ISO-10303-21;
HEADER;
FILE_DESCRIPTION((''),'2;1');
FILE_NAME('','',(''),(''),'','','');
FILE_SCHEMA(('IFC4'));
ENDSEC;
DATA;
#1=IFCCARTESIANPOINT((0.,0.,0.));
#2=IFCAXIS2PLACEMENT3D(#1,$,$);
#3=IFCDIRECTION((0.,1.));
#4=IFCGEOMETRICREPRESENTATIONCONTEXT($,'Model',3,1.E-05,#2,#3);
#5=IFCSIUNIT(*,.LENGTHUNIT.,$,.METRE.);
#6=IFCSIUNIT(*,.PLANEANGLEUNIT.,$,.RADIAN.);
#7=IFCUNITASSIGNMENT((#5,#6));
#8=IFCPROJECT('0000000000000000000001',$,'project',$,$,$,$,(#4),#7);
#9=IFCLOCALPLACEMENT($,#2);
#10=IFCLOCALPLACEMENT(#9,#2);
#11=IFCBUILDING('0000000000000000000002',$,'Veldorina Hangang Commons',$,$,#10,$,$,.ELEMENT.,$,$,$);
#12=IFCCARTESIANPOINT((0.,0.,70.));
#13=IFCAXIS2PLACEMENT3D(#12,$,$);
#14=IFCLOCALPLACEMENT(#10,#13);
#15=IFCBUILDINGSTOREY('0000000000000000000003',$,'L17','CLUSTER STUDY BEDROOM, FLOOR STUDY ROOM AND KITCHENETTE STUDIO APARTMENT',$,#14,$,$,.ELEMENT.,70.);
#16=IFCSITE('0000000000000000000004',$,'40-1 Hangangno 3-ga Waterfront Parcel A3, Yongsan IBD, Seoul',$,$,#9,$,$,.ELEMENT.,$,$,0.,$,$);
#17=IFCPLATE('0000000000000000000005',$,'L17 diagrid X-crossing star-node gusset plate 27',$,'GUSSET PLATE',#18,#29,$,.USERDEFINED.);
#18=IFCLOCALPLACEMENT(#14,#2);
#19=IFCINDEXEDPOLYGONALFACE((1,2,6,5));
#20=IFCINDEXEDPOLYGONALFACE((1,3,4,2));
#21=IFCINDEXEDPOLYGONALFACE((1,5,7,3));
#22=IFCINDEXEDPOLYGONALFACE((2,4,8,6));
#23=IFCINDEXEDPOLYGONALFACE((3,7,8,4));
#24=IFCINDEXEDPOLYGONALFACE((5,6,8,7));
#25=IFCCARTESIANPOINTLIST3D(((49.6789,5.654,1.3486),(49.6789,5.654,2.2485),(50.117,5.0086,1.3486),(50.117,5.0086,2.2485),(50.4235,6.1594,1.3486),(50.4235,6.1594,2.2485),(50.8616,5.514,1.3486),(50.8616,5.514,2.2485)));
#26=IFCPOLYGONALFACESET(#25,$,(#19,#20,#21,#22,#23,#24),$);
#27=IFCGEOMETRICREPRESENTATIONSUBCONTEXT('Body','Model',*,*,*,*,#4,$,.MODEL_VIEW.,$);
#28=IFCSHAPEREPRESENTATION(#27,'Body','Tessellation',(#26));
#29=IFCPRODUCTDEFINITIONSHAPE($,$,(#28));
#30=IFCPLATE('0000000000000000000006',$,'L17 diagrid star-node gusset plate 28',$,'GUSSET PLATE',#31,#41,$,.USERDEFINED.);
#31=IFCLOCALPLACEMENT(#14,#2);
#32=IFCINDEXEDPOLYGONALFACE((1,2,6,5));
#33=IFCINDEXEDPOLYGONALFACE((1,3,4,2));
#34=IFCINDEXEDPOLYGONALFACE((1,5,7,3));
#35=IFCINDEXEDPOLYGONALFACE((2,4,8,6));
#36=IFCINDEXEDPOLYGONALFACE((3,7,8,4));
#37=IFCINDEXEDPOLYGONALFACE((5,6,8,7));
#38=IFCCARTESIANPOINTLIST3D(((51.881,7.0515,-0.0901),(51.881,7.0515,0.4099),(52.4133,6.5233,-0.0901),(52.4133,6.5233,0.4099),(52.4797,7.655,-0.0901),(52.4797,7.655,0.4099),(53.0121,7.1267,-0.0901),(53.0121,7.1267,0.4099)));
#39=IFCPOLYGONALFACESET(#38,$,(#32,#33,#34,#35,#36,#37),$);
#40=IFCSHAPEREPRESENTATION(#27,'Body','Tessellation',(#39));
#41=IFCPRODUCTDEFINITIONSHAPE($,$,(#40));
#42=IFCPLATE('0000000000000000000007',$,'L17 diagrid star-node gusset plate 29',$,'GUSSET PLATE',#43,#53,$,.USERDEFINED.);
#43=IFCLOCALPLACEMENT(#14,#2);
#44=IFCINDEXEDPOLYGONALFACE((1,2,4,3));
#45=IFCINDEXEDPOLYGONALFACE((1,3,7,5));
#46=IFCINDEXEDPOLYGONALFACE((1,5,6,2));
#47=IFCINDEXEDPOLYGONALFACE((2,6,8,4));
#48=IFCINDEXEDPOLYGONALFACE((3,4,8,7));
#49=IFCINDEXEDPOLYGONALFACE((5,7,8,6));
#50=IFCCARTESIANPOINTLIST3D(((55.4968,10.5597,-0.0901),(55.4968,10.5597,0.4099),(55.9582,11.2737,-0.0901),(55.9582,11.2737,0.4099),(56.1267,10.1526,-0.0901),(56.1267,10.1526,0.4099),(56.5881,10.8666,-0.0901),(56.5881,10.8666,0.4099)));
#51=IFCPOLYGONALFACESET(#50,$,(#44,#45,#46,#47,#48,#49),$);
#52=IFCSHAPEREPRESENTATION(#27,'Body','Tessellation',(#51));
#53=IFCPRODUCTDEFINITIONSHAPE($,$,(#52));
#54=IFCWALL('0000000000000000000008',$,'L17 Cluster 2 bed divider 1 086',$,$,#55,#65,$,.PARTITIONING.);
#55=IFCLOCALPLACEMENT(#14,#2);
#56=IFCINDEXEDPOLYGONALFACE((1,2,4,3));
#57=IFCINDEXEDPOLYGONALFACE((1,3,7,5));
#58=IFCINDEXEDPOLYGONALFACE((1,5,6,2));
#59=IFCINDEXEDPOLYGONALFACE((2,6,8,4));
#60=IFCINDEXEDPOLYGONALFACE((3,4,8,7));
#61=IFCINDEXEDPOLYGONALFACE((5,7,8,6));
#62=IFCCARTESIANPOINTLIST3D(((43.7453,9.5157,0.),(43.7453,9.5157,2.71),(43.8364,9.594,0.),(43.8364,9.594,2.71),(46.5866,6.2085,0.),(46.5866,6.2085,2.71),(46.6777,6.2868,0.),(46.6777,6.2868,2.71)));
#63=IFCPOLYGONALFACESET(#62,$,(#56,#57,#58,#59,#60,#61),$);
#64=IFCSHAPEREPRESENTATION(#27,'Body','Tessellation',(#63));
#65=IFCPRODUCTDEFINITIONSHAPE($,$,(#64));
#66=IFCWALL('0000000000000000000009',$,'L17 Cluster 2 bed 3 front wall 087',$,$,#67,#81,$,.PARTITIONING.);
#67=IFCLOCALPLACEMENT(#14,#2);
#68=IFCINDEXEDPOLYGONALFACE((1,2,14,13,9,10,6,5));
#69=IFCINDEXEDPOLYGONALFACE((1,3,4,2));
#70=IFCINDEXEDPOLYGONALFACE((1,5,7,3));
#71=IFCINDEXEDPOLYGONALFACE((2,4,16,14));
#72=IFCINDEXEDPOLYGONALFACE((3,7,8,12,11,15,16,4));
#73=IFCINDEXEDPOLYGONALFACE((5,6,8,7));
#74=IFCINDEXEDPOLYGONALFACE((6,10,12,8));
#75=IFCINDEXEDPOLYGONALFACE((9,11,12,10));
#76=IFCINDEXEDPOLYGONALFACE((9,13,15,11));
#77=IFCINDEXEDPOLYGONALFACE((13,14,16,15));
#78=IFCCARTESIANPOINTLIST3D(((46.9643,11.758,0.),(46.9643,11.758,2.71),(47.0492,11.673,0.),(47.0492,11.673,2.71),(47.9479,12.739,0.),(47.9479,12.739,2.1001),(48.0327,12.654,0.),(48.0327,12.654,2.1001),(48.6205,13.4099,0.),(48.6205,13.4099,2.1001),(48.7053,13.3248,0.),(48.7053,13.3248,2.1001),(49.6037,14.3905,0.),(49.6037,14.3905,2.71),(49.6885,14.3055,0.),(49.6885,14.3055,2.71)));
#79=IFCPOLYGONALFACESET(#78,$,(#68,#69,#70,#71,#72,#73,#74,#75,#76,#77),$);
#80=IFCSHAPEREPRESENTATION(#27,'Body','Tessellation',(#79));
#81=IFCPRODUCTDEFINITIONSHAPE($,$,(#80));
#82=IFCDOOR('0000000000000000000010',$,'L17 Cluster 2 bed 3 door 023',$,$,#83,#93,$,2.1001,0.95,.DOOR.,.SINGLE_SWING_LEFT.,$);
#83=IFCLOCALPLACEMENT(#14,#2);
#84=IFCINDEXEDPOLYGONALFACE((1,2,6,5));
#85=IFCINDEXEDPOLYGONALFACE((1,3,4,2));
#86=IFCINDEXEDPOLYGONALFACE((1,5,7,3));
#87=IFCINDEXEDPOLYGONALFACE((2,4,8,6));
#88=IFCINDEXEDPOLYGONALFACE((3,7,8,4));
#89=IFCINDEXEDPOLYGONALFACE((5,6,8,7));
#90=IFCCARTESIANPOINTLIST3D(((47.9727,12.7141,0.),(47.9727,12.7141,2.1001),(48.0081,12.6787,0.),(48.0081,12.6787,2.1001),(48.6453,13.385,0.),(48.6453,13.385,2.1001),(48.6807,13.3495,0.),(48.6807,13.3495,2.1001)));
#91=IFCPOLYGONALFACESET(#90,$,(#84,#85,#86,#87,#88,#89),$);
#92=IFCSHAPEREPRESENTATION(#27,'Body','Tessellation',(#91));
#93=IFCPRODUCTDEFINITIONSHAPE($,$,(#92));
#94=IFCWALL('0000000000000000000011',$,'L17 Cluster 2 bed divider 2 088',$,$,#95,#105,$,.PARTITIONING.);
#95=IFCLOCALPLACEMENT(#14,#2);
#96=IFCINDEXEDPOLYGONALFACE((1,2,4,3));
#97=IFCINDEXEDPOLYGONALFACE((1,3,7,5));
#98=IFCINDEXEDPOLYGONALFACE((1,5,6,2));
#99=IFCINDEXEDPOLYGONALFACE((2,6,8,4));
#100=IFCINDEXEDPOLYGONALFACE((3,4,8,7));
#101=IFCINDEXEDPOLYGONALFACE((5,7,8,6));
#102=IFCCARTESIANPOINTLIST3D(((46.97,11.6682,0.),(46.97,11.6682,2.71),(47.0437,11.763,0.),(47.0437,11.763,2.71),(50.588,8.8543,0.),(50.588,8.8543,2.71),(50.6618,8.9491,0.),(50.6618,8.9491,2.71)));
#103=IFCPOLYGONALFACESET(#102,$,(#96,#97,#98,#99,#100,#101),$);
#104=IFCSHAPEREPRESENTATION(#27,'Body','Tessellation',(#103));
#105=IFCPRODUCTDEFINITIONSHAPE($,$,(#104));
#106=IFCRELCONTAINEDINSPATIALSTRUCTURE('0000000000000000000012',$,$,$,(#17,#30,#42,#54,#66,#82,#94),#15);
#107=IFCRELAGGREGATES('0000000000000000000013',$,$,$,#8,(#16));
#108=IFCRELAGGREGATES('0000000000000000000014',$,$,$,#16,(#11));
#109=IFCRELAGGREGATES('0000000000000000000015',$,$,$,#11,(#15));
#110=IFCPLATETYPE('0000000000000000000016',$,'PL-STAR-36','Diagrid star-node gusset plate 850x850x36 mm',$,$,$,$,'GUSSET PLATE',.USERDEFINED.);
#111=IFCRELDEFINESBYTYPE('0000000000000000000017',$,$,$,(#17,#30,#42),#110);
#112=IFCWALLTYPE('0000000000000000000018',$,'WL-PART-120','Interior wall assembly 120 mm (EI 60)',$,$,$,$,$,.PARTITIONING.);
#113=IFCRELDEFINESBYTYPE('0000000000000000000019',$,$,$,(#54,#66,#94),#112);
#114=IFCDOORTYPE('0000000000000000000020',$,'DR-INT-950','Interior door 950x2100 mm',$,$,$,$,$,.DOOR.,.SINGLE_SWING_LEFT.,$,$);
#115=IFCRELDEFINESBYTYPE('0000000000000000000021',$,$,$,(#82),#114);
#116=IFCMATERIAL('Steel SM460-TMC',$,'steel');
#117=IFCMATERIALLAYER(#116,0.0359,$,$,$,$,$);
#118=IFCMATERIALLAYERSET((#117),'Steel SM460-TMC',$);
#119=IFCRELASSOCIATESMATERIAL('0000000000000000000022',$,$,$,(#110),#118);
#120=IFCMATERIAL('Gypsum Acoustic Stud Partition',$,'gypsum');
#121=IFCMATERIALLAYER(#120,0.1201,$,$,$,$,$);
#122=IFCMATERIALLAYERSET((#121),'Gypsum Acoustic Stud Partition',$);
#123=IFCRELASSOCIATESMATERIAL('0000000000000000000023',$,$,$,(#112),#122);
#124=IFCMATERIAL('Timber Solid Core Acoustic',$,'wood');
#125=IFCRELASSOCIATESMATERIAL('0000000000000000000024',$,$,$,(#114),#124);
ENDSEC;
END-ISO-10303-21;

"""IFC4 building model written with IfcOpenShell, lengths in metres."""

from ifc_helpers import new_model, si_unit, direction, frame, frame_2d, origin, origin_2d, place, context, subcontext, project, spatial, rectangle, extrude, material, layer, layer_set, type_object, element, fill, save


model = new_model("IFC4")

# Units and contexts
model_context = context("Model", 3, precision=1e-05, world=origin(), true_north=direction((0.0, 1.0)))
body_context = subcontext(model_context, "Body", "Model", "MODEL_VIEW")
ifc_project = project(units=[si_unit("LENGTHUNIT", "METRE"), si_unit("PLANEANGLEUNIT", "RADIAN")], contexts=[model_context])

# Site, building, storey
site_placement = place(None, origin())
site = spatial("IfcSite", under=ifc_project, at=site_placement, Name="40-1 Hangangno 3-ga Waterfront Parcel A3, Yongsan IBD, Seoul", CompositionType="ELEMENT", RefElevation=0.0)
building_placement = place(site_placement, origin())
building = spatial("IfcBuilding", under=site, at=building_placement, Name="Veldorina Hangang Commons", CompositionType="ELEMENT")
storey_placement = place(building_placement, frame((0.0, 0.0, 70.0)))
storey = spatial("IfcBuildingStorey", under=building, at=storey_placement, Name="L17", Description="CLUSTER STUDY BEDROOM, FLOOR STUDY ROOM AND KITCHENETTE STUDIO APARTMENT", CompositionType="ELEMENT", Elevation=70.0)

# Shared definitions
ifc_material_1 = material(Name="Steel SM460-TMC", Category="steel")

# Plates
ifc_layer_1 = layer(ifc_material_1, 0.0359)
ifc_layer_set_1 = layer_set([ifc_layer_1], Name="Steel SM460-TMC")
plate_type_1 = type_object("IfcPlateType", Name="PL-STAR-36", Description="Diagrid star-node gusset plate 850x850x36 mm", ElementType="GUSSET PLATE", PredefinedType="USERDEFINED", material=ifc_layer_set_1)
plate_1_placement = place(storey_placement, frame((50.2703, 5.584, 1.3486), z_axis=(0.0, 0.0, 1.0), x_axis=(0.827394, 0.561621, 0.0)))
element("IfcPlate", 1, at=plate_1_placement, inside=storey, type_object=plate_type_1, Name="L17 diagrid X-crossing star-node gusset plate 27", ObjectType="GUSSET PLATE", PredefinedType="USERDEFINED", context=body_context, shape_type="SweptSolid", body=[
    extrude(rectangle(XDim=0.8999, YDim=0.78, at=origin_2d()), origin(), (0.0, 0.0, 1.0), 0.8999),
])
for number, where, z_axis, x_axis, name in (
    (2, (52.4465, 7.0891, -0.0901), (0.0, 0.0, 1.0), (0.704349, 0.709854, 0.0), "L17 diagrid star-node gusset plate 28"),
    (3, (56.0425, 10.7131, -0.0901), (0.0, 0.0, 1.0), (0.542779, 0.839876, 0.0), "L17 diagrid star-node gusset plate 29"),
):
    element("IfcPlate", number, at=place(storey_placement, frame(where, z_axis=z_axis, x_axis=x_axis)), inside=storey, type_object=plate_type_1, Name=name, ObjectType="GUSSET PLATE", PredefinedType="USERDEFINED", context=body_context, shape_type="SweptSolid", body=[
        extrude(rectangle(XDim=0.8501, YDim=0.75, at=origin_2d()), origin(), (0.0, 0.0, 1.0), 0.5),
    ])

# Wall
ifc_material_2 = material(Name="Gypsum Acoustic Stud Partition", Category="gypsum")
ifc_layer_2 = layer(ifc_material_2, 0.1201)
ifc_layer_set_2 = layer_set([ifc_layer_2], Name="Gypsum Acoustic Stud Partition")
wall_type = type_object("IfcWallType", Name="WL-PART-120", Description="Interior wall assembly 120 mm (EI 60)", PredefinedType="PARTITIONING", material=ifc_layer_set_2)
wall_1_placement = place(storey_placement, frame((43.7908, 9.5549, 0.0), z_axis=(0.0, 0.0, 1.0), x_axis=(0.651667, -0.758505, 0.0)))
element("IfcWall", 4, at=wall_1_placement, inside=storey, type_object=wall_type, Name="L17 Cluster 2 bed divider 1 086", PredefinedType="PARTITIONING", context=body_context, shape_type="SweptSolid", body=[
    extrude(rectangle(XDim=4.3601, YDim=0.1201, at=frame_2d((2.1802, 0.0))), origin(), (0.0, 0.0, 1.0), 2.71),
])

# Wall, opening, door
wall_2_placement = place(storey_placement, frame((47.0068, 11.7156, 0.0), z_axis=(0.0, 0.0, 1.0), x_axis=(0.708023, 0.706189, 0.0)))
wall_2 = element("IfcWall", 5, at=wall_2_placement, inside=storey, type_object=wall_type, Name="L17 Cluster 2 bed 3 front wall 087", PredefinedType="PARTITIONING", context=body_context, shape_type="SweptSolid", body=[
    extrude(rectangle(XDim=3.7278, YDim=0.1201, at=frame_2d((1.8638, 0.0))), origin(), (0.0, 0.0, 1.0), 2.71),
])
opening_placement = place(wall_2_placement, frame((1.3889, 0.0, 0.0)))
opening = element("IfcOpeningElement", 6, at=opening_placement, cuts=wall_2, PredefinedType="OPENING", context=body_context, shape_type="SweptSolid", body=[
    extrude(rectangle(XDim=0.95, YDim=2.1001, at=frame_2d((0.4751, 1.05))), frame((0.0, 0.0701, 0.0), z_axis=(0.0, -1.0, 0.0), x_axis=(1.0, 0.0, 0.0)), (0.0, 0.0, 1.0), 0.1401),
])
ifc_material_3 = material(Name="Timber Solid Core Acoustic", Category="wood")
door_type = type_object("IfcDoorType", Name="DR-INT-950", Description="Interior door 950x2100 mm", OperationType="SINGLE_SWING_LEFT", PredefinedType="DOOR", material=ifc_material_3)
door_placement = place(opening_placement, origin())
door = element("IfcDoor", 7, at=door_placement, inside=storey, type_object=door_type, Name="L17 Cluster 2 bed 3 door 023", OperationType="SINGLE_SWING_LEFT", OverallHeight=2.1001, OverallWidth=0.95, PredefinedType="DOOR", context=body_context, shape_type="SweptSolid", body=[
    extrude(rectangle(XDim=0.95, YDim=2.1001, at=frame_2d((0.4751, 1.05))), frame((0.0, 0.0249, 0.0), z_axis=(0.0, -1.0, 0.0), x_axis=(1.0, 0.0, 0.0)), (0.0, 0.0, 1.0), 0.05),
])
fill(opening, door)

# Wall
wall_3_placement = place(storey_placement, frame((47.0068, 11.7156, 0.0), z_axis=(0.0, 0.0, 1.0), x_axis=(0.789369, -0.613918, 0.0)))
element("IfcWall", 8, at=wall_3_placement, inside=storey, type_object=wall_type, Name="L17 Cluster 2 bed divider 2 088", PredefinedType="PARTITIONING", context=body_context, shape_type="SweptSolid", body=[
    extrude(rectangle(XDim=4.5835, YDim=0.1201, at=frame_2d((2.2917, 0.0))), origin(), (0.0, 0.0, 1.0), 2.71),
])

save(model, "model.ifc")
